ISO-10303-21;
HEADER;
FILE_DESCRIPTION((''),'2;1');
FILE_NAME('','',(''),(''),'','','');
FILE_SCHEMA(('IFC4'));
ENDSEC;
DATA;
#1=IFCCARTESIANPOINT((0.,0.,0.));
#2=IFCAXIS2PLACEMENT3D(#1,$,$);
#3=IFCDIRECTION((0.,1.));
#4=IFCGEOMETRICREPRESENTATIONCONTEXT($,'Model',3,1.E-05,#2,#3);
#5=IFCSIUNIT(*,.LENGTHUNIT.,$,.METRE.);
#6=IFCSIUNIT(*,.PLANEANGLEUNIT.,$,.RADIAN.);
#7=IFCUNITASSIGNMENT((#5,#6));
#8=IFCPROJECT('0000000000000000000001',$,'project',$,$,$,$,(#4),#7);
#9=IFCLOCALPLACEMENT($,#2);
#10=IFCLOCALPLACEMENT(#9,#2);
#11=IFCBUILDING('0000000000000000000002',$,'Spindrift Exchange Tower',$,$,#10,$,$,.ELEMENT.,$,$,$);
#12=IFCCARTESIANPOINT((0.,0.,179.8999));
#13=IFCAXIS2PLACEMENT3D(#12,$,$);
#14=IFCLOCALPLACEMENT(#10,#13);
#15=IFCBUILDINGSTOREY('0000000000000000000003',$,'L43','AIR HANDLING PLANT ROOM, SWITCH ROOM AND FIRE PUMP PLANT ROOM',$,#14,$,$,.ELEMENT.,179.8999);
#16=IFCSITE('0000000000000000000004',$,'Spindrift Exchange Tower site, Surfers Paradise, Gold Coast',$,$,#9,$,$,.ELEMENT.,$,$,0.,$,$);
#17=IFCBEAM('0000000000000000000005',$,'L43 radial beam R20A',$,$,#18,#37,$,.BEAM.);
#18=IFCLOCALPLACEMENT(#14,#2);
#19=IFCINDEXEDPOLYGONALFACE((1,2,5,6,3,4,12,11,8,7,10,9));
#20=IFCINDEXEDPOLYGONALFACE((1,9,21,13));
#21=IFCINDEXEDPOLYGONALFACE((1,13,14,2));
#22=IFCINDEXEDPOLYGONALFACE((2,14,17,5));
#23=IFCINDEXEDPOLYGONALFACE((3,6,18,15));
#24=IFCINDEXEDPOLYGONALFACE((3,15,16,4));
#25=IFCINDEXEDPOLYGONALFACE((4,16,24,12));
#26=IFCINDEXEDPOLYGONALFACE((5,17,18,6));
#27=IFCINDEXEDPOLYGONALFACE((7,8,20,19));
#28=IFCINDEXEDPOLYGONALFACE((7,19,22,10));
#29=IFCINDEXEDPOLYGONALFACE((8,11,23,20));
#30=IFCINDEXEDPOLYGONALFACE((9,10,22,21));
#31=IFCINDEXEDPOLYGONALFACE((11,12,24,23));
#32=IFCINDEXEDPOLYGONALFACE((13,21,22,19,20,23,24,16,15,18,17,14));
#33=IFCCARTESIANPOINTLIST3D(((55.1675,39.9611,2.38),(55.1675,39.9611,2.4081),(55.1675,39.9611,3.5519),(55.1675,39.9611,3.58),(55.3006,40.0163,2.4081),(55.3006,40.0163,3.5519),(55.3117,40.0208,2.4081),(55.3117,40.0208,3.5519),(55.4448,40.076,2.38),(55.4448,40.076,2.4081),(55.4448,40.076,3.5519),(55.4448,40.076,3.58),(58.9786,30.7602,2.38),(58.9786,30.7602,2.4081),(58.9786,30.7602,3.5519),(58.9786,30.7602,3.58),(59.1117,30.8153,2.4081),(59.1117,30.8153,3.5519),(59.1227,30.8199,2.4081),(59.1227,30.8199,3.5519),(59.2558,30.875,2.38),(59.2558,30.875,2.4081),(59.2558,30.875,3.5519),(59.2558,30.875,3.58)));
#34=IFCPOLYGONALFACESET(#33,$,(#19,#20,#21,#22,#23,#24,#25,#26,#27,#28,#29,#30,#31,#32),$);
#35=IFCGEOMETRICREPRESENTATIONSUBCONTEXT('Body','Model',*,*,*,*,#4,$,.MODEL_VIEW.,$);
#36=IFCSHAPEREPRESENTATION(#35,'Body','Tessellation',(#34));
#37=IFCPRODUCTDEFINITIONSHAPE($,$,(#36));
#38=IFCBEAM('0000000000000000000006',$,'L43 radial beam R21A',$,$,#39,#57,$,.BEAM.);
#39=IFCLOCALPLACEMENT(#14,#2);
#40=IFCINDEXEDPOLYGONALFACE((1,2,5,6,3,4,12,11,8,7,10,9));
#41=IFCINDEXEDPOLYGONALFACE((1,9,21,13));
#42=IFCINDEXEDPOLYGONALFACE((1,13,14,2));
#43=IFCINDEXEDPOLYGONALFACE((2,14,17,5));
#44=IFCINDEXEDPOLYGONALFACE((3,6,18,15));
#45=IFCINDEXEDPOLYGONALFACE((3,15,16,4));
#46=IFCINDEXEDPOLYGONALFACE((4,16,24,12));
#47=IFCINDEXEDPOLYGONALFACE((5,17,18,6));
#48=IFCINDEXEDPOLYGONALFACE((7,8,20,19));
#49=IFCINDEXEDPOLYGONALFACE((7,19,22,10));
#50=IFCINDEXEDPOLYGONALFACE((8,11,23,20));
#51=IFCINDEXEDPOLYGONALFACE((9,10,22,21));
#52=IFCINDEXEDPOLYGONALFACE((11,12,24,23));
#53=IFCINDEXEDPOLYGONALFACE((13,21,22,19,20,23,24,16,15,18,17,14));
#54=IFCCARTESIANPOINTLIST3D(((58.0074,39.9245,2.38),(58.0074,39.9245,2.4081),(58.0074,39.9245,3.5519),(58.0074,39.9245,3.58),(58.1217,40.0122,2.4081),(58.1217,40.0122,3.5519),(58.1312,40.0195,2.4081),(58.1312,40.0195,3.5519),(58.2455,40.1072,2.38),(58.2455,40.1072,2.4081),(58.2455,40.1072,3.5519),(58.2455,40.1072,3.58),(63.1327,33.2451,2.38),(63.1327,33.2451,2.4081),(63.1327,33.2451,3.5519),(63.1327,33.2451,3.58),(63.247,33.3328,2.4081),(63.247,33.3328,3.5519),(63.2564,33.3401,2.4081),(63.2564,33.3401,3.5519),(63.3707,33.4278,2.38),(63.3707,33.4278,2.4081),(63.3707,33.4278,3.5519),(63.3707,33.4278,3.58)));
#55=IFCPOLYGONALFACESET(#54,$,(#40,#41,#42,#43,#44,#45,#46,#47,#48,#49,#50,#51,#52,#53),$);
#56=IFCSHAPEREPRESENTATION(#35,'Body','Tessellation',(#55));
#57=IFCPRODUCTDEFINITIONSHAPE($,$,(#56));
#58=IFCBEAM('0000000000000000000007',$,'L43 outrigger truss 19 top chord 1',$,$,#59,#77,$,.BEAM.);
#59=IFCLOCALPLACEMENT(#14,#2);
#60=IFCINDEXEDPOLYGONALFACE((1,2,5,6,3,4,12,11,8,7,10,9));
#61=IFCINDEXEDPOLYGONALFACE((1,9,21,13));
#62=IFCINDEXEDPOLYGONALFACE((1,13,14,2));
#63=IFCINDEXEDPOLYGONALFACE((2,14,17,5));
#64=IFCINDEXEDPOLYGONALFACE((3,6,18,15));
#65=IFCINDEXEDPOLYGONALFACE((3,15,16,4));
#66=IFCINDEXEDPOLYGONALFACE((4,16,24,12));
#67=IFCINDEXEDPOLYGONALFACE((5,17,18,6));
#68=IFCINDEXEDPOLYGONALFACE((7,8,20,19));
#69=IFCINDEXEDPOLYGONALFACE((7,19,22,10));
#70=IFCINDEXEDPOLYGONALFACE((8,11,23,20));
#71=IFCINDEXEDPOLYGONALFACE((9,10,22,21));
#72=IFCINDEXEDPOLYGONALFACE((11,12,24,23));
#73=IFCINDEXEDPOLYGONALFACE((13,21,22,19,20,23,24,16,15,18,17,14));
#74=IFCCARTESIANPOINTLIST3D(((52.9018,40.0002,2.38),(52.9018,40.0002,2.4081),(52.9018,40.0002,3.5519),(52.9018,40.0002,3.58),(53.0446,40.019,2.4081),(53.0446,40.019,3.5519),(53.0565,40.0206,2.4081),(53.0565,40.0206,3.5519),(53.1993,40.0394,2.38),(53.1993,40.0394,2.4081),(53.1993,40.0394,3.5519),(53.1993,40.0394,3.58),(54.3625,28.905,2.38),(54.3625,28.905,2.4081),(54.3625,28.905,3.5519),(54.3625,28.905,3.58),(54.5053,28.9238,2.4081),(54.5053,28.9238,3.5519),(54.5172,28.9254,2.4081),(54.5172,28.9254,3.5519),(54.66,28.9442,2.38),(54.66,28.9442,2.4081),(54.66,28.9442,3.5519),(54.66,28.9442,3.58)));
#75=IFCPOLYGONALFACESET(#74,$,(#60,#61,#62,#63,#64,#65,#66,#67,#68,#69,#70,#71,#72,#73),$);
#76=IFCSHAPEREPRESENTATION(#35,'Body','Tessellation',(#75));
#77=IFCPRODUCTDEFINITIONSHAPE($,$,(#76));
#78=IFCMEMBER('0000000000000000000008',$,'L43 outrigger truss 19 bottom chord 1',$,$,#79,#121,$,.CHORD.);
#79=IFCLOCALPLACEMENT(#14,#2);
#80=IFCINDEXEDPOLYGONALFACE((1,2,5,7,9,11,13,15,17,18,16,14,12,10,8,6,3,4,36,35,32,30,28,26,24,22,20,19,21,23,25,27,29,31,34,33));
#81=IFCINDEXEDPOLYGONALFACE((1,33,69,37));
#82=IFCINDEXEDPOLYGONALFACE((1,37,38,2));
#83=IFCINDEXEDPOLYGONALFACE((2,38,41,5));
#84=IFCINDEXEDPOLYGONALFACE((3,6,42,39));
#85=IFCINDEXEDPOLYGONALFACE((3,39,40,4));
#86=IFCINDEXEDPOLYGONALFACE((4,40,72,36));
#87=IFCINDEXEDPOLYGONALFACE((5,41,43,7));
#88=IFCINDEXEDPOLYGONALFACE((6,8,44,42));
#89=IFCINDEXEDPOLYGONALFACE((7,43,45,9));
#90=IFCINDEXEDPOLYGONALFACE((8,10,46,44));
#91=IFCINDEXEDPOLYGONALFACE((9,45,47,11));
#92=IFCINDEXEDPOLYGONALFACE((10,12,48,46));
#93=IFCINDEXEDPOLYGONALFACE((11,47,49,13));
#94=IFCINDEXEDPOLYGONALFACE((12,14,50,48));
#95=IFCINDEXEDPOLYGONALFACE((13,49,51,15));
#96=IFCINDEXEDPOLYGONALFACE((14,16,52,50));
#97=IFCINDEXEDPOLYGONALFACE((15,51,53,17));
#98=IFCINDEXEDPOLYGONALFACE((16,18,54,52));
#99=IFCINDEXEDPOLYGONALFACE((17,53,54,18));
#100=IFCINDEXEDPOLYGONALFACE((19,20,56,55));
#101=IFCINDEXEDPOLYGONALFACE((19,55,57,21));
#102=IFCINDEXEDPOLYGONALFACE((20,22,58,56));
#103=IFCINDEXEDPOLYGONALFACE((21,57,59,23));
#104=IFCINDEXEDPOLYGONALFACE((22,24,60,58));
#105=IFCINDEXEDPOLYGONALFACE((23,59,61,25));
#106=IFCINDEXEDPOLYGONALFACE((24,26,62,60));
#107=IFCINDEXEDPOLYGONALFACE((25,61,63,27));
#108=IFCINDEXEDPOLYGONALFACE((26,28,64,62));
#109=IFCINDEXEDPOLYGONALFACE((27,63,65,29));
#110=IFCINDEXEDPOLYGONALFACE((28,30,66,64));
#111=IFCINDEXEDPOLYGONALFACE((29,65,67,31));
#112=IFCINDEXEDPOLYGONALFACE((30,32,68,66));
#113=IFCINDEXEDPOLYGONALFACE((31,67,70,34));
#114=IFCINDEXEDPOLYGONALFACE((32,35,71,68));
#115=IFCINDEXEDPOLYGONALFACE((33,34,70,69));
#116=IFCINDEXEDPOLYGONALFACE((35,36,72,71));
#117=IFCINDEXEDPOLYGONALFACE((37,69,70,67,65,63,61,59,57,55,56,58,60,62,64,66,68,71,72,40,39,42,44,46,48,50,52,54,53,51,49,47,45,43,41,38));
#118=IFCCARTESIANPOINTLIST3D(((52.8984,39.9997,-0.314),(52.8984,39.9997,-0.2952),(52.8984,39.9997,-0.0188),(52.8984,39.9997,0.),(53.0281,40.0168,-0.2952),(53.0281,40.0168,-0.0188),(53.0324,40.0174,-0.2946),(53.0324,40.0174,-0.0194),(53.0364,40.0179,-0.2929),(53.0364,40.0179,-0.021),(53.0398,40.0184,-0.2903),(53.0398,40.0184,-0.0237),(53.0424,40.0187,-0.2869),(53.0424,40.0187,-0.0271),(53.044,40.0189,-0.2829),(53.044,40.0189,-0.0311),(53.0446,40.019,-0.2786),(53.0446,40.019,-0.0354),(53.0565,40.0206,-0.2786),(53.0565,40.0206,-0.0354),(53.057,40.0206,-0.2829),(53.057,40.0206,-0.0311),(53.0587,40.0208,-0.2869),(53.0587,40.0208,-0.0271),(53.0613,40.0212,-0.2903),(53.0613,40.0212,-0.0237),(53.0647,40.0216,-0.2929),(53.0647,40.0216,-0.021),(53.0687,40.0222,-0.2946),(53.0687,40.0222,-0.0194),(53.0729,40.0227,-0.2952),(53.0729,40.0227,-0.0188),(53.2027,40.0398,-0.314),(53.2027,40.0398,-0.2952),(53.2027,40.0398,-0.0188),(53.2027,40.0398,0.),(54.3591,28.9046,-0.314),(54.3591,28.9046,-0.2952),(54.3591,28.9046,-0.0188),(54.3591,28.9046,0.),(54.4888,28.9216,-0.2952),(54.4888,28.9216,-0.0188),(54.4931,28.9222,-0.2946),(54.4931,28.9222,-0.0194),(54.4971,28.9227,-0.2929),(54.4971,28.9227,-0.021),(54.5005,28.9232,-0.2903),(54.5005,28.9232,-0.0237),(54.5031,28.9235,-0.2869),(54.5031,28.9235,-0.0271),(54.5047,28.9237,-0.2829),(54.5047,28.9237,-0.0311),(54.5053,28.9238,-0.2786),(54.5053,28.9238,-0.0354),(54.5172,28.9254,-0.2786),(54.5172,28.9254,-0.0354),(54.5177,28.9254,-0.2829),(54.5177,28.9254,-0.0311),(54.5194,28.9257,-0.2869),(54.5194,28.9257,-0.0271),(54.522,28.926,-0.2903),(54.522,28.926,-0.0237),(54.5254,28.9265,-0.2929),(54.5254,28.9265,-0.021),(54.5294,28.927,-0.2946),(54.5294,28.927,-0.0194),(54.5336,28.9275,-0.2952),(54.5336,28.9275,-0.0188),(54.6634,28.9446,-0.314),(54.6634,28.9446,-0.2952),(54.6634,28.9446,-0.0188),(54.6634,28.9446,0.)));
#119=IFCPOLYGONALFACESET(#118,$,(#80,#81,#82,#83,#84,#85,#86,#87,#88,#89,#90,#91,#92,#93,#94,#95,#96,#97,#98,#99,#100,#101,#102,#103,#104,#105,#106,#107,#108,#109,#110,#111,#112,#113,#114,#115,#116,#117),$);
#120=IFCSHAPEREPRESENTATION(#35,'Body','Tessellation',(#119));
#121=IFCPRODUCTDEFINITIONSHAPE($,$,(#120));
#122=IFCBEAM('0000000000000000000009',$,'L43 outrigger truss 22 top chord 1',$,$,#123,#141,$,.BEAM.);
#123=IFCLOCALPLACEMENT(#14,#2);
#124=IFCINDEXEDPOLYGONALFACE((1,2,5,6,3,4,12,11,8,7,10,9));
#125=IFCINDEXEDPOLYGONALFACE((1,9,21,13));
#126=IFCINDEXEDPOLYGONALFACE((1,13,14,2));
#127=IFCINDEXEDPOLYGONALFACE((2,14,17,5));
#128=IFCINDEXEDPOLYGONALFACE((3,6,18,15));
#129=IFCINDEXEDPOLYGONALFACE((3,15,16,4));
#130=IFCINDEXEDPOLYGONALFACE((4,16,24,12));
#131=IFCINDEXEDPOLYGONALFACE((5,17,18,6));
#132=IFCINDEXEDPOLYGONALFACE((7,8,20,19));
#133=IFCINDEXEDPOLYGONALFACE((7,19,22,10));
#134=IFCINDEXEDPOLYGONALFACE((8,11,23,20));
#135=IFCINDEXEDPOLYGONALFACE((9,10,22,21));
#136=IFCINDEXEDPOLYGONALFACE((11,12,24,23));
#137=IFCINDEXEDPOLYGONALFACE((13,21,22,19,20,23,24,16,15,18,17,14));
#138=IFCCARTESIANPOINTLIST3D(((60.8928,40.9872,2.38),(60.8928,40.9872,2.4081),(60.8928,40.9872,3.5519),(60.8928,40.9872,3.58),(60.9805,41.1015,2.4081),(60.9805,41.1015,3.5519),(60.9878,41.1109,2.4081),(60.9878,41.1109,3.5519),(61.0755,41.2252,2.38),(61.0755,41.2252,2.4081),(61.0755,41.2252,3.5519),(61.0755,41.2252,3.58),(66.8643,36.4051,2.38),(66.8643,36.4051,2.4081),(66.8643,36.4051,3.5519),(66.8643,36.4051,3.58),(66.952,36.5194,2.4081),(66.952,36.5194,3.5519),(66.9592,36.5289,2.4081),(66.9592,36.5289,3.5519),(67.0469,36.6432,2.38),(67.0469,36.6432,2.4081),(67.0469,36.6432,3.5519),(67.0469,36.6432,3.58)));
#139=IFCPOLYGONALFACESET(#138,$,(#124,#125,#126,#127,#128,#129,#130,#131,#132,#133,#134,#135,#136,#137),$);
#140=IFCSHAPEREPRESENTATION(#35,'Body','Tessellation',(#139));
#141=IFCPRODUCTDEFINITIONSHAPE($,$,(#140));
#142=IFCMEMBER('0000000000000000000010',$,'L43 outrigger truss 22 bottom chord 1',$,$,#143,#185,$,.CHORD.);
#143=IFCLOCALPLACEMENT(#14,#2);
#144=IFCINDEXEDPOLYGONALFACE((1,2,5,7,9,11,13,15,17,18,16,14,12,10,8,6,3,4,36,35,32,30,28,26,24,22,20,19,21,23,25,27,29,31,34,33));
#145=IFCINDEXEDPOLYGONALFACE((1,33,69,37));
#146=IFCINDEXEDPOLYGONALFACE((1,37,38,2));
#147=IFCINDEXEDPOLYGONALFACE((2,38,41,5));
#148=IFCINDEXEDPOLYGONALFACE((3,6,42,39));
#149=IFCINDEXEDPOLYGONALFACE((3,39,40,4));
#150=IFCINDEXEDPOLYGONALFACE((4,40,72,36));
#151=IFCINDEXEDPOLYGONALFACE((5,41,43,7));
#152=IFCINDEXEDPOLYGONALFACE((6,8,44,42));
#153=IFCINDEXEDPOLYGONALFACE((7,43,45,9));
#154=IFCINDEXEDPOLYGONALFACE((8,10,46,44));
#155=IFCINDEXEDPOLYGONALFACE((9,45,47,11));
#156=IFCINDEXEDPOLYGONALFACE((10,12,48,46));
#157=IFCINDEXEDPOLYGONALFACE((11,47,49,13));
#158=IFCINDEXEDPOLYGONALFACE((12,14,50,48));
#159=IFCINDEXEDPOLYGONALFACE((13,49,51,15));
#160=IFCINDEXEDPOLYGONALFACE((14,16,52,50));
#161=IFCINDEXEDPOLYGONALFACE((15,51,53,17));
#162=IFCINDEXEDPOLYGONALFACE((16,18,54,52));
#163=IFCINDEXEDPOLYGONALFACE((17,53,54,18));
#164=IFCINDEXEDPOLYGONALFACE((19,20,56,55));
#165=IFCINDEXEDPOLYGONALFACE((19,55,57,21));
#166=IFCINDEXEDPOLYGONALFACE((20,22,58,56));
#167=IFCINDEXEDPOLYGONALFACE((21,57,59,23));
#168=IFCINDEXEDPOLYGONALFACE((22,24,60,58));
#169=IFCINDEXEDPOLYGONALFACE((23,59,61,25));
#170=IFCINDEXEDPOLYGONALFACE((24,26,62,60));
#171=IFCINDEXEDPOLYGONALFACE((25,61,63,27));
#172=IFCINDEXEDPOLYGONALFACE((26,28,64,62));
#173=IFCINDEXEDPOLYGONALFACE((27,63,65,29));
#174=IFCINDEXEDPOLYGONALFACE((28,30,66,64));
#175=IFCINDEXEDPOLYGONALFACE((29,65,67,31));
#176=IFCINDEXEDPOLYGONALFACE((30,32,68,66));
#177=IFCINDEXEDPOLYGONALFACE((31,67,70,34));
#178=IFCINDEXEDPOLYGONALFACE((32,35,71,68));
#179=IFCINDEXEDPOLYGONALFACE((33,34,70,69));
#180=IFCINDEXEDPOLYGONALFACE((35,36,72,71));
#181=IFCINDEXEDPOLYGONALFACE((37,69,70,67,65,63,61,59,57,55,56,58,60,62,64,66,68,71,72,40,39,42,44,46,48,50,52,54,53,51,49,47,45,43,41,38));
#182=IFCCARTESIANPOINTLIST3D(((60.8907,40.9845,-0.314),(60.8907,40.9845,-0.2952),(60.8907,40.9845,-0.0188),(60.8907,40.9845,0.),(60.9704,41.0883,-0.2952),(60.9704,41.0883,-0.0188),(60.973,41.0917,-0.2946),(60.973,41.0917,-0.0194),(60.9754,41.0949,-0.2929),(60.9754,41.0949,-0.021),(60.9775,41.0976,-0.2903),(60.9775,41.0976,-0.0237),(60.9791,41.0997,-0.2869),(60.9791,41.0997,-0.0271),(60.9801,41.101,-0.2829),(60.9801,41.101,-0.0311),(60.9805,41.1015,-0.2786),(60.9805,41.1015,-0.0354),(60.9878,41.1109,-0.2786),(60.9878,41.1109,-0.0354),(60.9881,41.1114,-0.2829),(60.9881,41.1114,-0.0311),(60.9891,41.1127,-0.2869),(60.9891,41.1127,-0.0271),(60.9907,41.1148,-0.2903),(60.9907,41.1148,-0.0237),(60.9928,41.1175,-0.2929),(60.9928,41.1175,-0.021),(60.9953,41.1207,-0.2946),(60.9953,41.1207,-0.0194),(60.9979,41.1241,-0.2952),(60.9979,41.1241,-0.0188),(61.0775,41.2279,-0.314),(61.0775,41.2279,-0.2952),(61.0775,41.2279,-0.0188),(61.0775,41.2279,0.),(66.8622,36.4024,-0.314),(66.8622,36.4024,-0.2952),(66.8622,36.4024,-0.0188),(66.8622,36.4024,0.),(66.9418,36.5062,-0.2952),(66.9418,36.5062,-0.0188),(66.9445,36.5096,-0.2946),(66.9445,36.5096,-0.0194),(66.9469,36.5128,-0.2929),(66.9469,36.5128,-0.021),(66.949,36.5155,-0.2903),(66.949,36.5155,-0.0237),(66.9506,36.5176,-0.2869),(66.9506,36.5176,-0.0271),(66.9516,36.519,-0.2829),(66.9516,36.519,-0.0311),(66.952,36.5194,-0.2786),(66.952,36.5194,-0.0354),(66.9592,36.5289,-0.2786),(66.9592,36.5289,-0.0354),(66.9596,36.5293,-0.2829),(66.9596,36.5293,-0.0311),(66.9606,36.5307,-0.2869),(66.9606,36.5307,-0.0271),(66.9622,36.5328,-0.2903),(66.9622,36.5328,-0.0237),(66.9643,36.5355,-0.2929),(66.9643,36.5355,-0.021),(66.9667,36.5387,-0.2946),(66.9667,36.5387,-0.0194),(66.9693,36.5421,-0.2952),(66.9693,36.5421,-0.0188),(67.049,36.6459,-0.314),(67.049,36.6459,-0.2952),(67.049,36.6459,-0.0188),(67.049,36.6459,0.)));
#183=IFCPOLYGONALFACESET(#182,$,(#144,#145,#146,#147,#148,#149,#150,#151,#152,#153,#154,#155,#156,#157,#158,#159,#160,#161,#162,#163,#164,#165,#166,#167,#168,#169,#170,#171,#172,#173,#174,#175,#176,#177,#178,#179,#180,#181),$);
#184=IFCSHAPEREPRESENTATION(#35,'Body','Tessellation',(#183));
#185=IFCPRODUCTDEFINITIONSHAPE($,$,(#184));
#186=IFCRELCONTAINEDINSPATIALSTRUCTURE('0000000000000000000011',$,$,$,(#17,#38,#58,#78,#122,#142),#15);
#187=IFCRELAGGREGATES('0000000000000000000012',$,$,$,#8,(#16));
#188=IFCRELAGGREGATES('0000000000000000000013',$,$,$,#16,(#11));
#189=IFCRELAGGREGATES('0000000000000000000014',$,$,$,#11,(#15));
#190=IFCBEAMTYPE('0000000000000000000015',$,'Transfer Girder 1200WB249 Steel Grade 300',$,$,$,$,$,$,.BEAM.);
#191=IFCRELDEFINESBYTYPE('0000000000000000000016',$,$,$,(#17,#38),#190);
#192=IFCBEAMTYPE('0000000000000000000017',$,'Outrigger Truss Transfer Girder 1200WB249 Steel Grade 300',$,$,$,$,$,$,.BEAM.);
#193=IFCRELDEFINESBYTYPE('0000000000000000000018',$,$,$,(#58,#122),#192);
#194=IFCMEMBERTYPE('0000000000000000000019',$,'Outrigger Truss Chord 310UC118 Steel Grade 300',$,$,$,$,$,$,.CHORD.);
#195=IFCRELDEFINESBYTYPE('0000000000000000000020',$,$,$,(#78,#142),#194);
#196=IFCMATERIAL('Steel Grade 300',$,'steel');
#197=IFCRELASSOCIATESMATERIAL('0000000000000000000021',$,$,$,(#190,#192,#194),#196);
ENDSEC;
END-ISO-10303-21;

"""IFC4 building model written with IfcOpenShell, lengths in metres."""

from ifc_helpers import new_model, si_unit, direction, frame, origin, origin_2d, place, context, subcontext, project, spatial, i_section, extrude, source, transform, mapped, material, material_profile, profile_set, type_object, element, save


model = new_model("IFC4")

# Units and contexts
model_context = context("Model", 3, precision=1e-05, world=origin(), true_north=direction((0.0, 1.0)))
body_context = subcontext(model_context, "Body", "Model", "MODEL_VIEW")
ifc_project = project(units=[si_unit("LENGTHUNIT", "METRE"), si_unit("PLANEANGLEUNIT", "RADIAN")], contexts=[model_context])

# Site, building, storey
site_placement = place(None, origin())
site = spatial("IfcSite", under=ifc_project, at=site_placement, Name="Spindrift Exchange Tower site, Surfers Paradise, Gold Coast", CompositionType="ELEMENT", RefElevation=0.0)
building_placement = place(site_placement, origin())
building = spatial("IfcBuilding", under=site, at=building_placement, Name="Spindrift Exchange Tower", CompositionType="ELEMENT")
storey_placement = place(building_placement, frame((0.0, 0.0, 179.8999)))
storey = spatial("IfcBuildingStorey", under=building, at=storey_placement, Name="L43", Description="AIR HANDLING PLANT ROOM, SWITCH ROOM AND FIRE PUMP PLANT ROOM", CompositionType="ELEMENT", Elevation=179.8999)

# Beams
ifc_material_1 = material(Name="Steel Grade 300", Category="steel")
ifc_material_profile_1 = material_profile(ifc_material_1, i_section(OverallWidth=0.3, OverallDepth=1.2, WebThickness=0.012, FlangeThickness=0.0281, at=origin_2d()), Name="1200WB249")
ifc_profile_set_1 = profile_set([ifc_material_profile_1], Name="Steel Grade 300")
beam_type_1 = type_object("IfcBeamType", Name="Transfer Girder 1200WB249 Steel Grade 300", PredefinedType="BEAM", material=ifc_profile_set_1)
shared_shape_1 = source(origin(), body_context, "Body", "SweptSolid", [
    extrude(i_section(OverallWidth=0.3, OverallDepth=1.2, WebThickness=0.012, FlangeThickness=0.0281, at=origin_2d()), origin(), (0.0, 0.0, 1.0), 9.959),
])
beam_1_placement = place(storey_placement, frame((55.3062, 40.0186, 2.98), z_axis=(0.382674, -0.923884, 0.0), x_axis=(0.923884, 0.382674, 0.0)))
element("IfcBeam", 1, at=beam_1_placement, inside=storey, type_object=beam_type_1, Name="L43 radial beam R20A", PredefinedType="BEAM", context=body_context, shape_type="MappedRepresentation", body=[
    mapped(shared_shape_1, transform((0.0, 0.0, 0.0), scale=1.0)),
])
shared_shape_2 = source(origin(), body_context, "Body", "SweptSolid", [
    extrude(i_section(OverallWidth=0.3, OverallDepth=1.2, WebThickness=0.012, FlangeThickness=0.0281, at=origin_2d()), origin(), (0.0, 0.0, 1.0), 8.4192),
])
beam_2_placement = place(storey_placement, frame((58.1265, 40.0159, 2.98), z_axis=(0.608756, -0.793358, 0.0), x_axis=(0.793358, 0.608756, 0.0)))
element("IfcBeam", 2, at=beam_2_placement, inside=storey, type_object=beam_type_1, Name="L43 radial beam R21A", PredefinedType="BEAM", context=body_context, shape_type="MappedRepresentation", body=[
    mapped(shared_shape_2, transform((0.0, 0.0, 0.0), scale=1.0)),
])
ifc_material_profile_2 = material_profile(ifc_material_1, i_section(OverallWidth=0.3, OverallDepth=1.2, WebThickness=0.012, FlangeThickness=0.0281, at=origin_2d()), Name="1200WB249")
ifc_profile_set_2 = profile_set([ifc_material_profile_2], Name="Steel Grade 300")
beam_type_2 = type_object("IfcBeamType", Name="Outrigger Truss Transfer Girder 1200WB249 Steel Grade 300", PredefinedType="BEAM", material=ifc_profile_set_2)
shared_shape_3 = source(origin(), body_context, "Body", "SweptSolid", [
    extrude(i_section(OverallWidth=0.3, OverallDepth=1.2, WebThickness=0.012, FlangeThickness=0.0281, at=origin_2d()), origin(), (0.0, 0.0, 1.0), 11.1909),
])
beam_3_placement = place(storey_placement, frame((53.0505, 40.0198, 2.98), z_axis=(0.130524, -0.991445, 0.0), x_axis=(0.991445, 0.130524, 0.0)))
element("IfcBeam", 3, at=beam_3_placement, inside=storey, type_object=beam_type_2, Name="L43 outrigger truss 19 top chord 1", PredefinedType="BEAM", context=body_context, shape_type="MappedRepresentation", body=[
    mapped(shared_shape_3, transform((0.0, 0.0, 0.0), scale=1.0)),
])

# Member
ifc_material_profile_3 = material_profile(ifc_material_1, i_section(OverallWidth=0.3069, OverallDepth=0.314, WebThickness=0.012, FlangeThickness=0.0188, FilletRadius=0.0166, at=origin_2d()), Name="310UC118")
ifc_profile_set_3 = profile_set([ifc_material_profile_3], Name="Steel Grade 300")
member_type = type_object("IfcMemberType", Name="Outrigger Truss Chord 310UC118 Steel Grade 300", PredefinedType="CHORD", material=ifc_profile_set_3)
shared_shape_4 = source(origin(), body_context, "Body", "SweptSolid", [
    extrude(i_section(OverallWidth=0.3069, OverallDepth=0.314, WebThickness=0.012, FlangeThickness=0.0188, FilletRadius=0.0166, at=origin_2d()), origin(), (0.0, 0.0, 1.0), 11.1909),
])
member_1_placement = place(storey_placement, frame((53.0505, 40.0198, -0.157), z_axis=(0.130524, -0.991445, 0.0), x_axis=(0.991445, 0.130524, 0.0)))
element("IfcMember", 4, at=member_1_placement, inside=storey, type_object=member_type, Name="L43 outrigger truss 19 bottom chord 1", PredefinedType="CHORD", context=body_context, shape_type="MappedRepresentation", body=[
    mapped(shared_shape_4, transform((0.0, 0.0, 0.0), scale=1.0)),
])

# Beam
shared_shape_5 = source(origin(), body_context, "Body", "SweptSolid", [
    extrude(i_section(OverallWidth=0.3, OverallDepth=1.2, WebThickness=0.012, FlangeThickness=0.0281, at=origin_2d()), origin(), (0.0, 0.0, 1.0), 7.5269),
])
beam_4_placement = place(storey_placement, frame((60.9841, 41.1062, 2.98), z_axis=(0.793354, -0.60876, 0.0), x_axis=(0.60876, 0.793354, 0.0)))
element("IfcBeam", 5, at=beam_4_placement, inside=storey, type_object=beam_type_2, Name="L43 outrigger truss 22 top chord 1", PredefinedType="BEAM", context=body_context, shape_type="MappedRepresentation", body=[
    mapped(shared_shape_5, transform((0.0, 0.0, 0.0), scale=1.0)),
])

# Member
shared_shape_6 = source(origin(), body_context, "Body", "SweptSolid", [
    extrude(i_section(OverallWidth=0.3069, OverallDepth=0.314, WebThickness=0.012, FlangeThickness=0.0188, FilletRadius=0.0166, at=origin_2d()), origin(), (0.0, 0.0, 1.0), 7.5269),
])
member_2_placement = place(storey_placement, frame((60.9841, 41.1062, -0.157), z_axis=(0.793354, -0.60876, 0.0), x_axis=(0.60876, 0.793354, 0.0)))
element("IfcMember", 6, at=member_2_placement, inside=storey, type_object=member_type, Name="L43 outrigger truss 22 bottom chord 1", PredefinedType="CHORD", context=body_context, shape_type="MappedRepresentation", body=[
    mapped(shared_shape_6, transform((0.0, 0.0, 0.0), scale=1.0)),
])

save(model, "model.ifc")
